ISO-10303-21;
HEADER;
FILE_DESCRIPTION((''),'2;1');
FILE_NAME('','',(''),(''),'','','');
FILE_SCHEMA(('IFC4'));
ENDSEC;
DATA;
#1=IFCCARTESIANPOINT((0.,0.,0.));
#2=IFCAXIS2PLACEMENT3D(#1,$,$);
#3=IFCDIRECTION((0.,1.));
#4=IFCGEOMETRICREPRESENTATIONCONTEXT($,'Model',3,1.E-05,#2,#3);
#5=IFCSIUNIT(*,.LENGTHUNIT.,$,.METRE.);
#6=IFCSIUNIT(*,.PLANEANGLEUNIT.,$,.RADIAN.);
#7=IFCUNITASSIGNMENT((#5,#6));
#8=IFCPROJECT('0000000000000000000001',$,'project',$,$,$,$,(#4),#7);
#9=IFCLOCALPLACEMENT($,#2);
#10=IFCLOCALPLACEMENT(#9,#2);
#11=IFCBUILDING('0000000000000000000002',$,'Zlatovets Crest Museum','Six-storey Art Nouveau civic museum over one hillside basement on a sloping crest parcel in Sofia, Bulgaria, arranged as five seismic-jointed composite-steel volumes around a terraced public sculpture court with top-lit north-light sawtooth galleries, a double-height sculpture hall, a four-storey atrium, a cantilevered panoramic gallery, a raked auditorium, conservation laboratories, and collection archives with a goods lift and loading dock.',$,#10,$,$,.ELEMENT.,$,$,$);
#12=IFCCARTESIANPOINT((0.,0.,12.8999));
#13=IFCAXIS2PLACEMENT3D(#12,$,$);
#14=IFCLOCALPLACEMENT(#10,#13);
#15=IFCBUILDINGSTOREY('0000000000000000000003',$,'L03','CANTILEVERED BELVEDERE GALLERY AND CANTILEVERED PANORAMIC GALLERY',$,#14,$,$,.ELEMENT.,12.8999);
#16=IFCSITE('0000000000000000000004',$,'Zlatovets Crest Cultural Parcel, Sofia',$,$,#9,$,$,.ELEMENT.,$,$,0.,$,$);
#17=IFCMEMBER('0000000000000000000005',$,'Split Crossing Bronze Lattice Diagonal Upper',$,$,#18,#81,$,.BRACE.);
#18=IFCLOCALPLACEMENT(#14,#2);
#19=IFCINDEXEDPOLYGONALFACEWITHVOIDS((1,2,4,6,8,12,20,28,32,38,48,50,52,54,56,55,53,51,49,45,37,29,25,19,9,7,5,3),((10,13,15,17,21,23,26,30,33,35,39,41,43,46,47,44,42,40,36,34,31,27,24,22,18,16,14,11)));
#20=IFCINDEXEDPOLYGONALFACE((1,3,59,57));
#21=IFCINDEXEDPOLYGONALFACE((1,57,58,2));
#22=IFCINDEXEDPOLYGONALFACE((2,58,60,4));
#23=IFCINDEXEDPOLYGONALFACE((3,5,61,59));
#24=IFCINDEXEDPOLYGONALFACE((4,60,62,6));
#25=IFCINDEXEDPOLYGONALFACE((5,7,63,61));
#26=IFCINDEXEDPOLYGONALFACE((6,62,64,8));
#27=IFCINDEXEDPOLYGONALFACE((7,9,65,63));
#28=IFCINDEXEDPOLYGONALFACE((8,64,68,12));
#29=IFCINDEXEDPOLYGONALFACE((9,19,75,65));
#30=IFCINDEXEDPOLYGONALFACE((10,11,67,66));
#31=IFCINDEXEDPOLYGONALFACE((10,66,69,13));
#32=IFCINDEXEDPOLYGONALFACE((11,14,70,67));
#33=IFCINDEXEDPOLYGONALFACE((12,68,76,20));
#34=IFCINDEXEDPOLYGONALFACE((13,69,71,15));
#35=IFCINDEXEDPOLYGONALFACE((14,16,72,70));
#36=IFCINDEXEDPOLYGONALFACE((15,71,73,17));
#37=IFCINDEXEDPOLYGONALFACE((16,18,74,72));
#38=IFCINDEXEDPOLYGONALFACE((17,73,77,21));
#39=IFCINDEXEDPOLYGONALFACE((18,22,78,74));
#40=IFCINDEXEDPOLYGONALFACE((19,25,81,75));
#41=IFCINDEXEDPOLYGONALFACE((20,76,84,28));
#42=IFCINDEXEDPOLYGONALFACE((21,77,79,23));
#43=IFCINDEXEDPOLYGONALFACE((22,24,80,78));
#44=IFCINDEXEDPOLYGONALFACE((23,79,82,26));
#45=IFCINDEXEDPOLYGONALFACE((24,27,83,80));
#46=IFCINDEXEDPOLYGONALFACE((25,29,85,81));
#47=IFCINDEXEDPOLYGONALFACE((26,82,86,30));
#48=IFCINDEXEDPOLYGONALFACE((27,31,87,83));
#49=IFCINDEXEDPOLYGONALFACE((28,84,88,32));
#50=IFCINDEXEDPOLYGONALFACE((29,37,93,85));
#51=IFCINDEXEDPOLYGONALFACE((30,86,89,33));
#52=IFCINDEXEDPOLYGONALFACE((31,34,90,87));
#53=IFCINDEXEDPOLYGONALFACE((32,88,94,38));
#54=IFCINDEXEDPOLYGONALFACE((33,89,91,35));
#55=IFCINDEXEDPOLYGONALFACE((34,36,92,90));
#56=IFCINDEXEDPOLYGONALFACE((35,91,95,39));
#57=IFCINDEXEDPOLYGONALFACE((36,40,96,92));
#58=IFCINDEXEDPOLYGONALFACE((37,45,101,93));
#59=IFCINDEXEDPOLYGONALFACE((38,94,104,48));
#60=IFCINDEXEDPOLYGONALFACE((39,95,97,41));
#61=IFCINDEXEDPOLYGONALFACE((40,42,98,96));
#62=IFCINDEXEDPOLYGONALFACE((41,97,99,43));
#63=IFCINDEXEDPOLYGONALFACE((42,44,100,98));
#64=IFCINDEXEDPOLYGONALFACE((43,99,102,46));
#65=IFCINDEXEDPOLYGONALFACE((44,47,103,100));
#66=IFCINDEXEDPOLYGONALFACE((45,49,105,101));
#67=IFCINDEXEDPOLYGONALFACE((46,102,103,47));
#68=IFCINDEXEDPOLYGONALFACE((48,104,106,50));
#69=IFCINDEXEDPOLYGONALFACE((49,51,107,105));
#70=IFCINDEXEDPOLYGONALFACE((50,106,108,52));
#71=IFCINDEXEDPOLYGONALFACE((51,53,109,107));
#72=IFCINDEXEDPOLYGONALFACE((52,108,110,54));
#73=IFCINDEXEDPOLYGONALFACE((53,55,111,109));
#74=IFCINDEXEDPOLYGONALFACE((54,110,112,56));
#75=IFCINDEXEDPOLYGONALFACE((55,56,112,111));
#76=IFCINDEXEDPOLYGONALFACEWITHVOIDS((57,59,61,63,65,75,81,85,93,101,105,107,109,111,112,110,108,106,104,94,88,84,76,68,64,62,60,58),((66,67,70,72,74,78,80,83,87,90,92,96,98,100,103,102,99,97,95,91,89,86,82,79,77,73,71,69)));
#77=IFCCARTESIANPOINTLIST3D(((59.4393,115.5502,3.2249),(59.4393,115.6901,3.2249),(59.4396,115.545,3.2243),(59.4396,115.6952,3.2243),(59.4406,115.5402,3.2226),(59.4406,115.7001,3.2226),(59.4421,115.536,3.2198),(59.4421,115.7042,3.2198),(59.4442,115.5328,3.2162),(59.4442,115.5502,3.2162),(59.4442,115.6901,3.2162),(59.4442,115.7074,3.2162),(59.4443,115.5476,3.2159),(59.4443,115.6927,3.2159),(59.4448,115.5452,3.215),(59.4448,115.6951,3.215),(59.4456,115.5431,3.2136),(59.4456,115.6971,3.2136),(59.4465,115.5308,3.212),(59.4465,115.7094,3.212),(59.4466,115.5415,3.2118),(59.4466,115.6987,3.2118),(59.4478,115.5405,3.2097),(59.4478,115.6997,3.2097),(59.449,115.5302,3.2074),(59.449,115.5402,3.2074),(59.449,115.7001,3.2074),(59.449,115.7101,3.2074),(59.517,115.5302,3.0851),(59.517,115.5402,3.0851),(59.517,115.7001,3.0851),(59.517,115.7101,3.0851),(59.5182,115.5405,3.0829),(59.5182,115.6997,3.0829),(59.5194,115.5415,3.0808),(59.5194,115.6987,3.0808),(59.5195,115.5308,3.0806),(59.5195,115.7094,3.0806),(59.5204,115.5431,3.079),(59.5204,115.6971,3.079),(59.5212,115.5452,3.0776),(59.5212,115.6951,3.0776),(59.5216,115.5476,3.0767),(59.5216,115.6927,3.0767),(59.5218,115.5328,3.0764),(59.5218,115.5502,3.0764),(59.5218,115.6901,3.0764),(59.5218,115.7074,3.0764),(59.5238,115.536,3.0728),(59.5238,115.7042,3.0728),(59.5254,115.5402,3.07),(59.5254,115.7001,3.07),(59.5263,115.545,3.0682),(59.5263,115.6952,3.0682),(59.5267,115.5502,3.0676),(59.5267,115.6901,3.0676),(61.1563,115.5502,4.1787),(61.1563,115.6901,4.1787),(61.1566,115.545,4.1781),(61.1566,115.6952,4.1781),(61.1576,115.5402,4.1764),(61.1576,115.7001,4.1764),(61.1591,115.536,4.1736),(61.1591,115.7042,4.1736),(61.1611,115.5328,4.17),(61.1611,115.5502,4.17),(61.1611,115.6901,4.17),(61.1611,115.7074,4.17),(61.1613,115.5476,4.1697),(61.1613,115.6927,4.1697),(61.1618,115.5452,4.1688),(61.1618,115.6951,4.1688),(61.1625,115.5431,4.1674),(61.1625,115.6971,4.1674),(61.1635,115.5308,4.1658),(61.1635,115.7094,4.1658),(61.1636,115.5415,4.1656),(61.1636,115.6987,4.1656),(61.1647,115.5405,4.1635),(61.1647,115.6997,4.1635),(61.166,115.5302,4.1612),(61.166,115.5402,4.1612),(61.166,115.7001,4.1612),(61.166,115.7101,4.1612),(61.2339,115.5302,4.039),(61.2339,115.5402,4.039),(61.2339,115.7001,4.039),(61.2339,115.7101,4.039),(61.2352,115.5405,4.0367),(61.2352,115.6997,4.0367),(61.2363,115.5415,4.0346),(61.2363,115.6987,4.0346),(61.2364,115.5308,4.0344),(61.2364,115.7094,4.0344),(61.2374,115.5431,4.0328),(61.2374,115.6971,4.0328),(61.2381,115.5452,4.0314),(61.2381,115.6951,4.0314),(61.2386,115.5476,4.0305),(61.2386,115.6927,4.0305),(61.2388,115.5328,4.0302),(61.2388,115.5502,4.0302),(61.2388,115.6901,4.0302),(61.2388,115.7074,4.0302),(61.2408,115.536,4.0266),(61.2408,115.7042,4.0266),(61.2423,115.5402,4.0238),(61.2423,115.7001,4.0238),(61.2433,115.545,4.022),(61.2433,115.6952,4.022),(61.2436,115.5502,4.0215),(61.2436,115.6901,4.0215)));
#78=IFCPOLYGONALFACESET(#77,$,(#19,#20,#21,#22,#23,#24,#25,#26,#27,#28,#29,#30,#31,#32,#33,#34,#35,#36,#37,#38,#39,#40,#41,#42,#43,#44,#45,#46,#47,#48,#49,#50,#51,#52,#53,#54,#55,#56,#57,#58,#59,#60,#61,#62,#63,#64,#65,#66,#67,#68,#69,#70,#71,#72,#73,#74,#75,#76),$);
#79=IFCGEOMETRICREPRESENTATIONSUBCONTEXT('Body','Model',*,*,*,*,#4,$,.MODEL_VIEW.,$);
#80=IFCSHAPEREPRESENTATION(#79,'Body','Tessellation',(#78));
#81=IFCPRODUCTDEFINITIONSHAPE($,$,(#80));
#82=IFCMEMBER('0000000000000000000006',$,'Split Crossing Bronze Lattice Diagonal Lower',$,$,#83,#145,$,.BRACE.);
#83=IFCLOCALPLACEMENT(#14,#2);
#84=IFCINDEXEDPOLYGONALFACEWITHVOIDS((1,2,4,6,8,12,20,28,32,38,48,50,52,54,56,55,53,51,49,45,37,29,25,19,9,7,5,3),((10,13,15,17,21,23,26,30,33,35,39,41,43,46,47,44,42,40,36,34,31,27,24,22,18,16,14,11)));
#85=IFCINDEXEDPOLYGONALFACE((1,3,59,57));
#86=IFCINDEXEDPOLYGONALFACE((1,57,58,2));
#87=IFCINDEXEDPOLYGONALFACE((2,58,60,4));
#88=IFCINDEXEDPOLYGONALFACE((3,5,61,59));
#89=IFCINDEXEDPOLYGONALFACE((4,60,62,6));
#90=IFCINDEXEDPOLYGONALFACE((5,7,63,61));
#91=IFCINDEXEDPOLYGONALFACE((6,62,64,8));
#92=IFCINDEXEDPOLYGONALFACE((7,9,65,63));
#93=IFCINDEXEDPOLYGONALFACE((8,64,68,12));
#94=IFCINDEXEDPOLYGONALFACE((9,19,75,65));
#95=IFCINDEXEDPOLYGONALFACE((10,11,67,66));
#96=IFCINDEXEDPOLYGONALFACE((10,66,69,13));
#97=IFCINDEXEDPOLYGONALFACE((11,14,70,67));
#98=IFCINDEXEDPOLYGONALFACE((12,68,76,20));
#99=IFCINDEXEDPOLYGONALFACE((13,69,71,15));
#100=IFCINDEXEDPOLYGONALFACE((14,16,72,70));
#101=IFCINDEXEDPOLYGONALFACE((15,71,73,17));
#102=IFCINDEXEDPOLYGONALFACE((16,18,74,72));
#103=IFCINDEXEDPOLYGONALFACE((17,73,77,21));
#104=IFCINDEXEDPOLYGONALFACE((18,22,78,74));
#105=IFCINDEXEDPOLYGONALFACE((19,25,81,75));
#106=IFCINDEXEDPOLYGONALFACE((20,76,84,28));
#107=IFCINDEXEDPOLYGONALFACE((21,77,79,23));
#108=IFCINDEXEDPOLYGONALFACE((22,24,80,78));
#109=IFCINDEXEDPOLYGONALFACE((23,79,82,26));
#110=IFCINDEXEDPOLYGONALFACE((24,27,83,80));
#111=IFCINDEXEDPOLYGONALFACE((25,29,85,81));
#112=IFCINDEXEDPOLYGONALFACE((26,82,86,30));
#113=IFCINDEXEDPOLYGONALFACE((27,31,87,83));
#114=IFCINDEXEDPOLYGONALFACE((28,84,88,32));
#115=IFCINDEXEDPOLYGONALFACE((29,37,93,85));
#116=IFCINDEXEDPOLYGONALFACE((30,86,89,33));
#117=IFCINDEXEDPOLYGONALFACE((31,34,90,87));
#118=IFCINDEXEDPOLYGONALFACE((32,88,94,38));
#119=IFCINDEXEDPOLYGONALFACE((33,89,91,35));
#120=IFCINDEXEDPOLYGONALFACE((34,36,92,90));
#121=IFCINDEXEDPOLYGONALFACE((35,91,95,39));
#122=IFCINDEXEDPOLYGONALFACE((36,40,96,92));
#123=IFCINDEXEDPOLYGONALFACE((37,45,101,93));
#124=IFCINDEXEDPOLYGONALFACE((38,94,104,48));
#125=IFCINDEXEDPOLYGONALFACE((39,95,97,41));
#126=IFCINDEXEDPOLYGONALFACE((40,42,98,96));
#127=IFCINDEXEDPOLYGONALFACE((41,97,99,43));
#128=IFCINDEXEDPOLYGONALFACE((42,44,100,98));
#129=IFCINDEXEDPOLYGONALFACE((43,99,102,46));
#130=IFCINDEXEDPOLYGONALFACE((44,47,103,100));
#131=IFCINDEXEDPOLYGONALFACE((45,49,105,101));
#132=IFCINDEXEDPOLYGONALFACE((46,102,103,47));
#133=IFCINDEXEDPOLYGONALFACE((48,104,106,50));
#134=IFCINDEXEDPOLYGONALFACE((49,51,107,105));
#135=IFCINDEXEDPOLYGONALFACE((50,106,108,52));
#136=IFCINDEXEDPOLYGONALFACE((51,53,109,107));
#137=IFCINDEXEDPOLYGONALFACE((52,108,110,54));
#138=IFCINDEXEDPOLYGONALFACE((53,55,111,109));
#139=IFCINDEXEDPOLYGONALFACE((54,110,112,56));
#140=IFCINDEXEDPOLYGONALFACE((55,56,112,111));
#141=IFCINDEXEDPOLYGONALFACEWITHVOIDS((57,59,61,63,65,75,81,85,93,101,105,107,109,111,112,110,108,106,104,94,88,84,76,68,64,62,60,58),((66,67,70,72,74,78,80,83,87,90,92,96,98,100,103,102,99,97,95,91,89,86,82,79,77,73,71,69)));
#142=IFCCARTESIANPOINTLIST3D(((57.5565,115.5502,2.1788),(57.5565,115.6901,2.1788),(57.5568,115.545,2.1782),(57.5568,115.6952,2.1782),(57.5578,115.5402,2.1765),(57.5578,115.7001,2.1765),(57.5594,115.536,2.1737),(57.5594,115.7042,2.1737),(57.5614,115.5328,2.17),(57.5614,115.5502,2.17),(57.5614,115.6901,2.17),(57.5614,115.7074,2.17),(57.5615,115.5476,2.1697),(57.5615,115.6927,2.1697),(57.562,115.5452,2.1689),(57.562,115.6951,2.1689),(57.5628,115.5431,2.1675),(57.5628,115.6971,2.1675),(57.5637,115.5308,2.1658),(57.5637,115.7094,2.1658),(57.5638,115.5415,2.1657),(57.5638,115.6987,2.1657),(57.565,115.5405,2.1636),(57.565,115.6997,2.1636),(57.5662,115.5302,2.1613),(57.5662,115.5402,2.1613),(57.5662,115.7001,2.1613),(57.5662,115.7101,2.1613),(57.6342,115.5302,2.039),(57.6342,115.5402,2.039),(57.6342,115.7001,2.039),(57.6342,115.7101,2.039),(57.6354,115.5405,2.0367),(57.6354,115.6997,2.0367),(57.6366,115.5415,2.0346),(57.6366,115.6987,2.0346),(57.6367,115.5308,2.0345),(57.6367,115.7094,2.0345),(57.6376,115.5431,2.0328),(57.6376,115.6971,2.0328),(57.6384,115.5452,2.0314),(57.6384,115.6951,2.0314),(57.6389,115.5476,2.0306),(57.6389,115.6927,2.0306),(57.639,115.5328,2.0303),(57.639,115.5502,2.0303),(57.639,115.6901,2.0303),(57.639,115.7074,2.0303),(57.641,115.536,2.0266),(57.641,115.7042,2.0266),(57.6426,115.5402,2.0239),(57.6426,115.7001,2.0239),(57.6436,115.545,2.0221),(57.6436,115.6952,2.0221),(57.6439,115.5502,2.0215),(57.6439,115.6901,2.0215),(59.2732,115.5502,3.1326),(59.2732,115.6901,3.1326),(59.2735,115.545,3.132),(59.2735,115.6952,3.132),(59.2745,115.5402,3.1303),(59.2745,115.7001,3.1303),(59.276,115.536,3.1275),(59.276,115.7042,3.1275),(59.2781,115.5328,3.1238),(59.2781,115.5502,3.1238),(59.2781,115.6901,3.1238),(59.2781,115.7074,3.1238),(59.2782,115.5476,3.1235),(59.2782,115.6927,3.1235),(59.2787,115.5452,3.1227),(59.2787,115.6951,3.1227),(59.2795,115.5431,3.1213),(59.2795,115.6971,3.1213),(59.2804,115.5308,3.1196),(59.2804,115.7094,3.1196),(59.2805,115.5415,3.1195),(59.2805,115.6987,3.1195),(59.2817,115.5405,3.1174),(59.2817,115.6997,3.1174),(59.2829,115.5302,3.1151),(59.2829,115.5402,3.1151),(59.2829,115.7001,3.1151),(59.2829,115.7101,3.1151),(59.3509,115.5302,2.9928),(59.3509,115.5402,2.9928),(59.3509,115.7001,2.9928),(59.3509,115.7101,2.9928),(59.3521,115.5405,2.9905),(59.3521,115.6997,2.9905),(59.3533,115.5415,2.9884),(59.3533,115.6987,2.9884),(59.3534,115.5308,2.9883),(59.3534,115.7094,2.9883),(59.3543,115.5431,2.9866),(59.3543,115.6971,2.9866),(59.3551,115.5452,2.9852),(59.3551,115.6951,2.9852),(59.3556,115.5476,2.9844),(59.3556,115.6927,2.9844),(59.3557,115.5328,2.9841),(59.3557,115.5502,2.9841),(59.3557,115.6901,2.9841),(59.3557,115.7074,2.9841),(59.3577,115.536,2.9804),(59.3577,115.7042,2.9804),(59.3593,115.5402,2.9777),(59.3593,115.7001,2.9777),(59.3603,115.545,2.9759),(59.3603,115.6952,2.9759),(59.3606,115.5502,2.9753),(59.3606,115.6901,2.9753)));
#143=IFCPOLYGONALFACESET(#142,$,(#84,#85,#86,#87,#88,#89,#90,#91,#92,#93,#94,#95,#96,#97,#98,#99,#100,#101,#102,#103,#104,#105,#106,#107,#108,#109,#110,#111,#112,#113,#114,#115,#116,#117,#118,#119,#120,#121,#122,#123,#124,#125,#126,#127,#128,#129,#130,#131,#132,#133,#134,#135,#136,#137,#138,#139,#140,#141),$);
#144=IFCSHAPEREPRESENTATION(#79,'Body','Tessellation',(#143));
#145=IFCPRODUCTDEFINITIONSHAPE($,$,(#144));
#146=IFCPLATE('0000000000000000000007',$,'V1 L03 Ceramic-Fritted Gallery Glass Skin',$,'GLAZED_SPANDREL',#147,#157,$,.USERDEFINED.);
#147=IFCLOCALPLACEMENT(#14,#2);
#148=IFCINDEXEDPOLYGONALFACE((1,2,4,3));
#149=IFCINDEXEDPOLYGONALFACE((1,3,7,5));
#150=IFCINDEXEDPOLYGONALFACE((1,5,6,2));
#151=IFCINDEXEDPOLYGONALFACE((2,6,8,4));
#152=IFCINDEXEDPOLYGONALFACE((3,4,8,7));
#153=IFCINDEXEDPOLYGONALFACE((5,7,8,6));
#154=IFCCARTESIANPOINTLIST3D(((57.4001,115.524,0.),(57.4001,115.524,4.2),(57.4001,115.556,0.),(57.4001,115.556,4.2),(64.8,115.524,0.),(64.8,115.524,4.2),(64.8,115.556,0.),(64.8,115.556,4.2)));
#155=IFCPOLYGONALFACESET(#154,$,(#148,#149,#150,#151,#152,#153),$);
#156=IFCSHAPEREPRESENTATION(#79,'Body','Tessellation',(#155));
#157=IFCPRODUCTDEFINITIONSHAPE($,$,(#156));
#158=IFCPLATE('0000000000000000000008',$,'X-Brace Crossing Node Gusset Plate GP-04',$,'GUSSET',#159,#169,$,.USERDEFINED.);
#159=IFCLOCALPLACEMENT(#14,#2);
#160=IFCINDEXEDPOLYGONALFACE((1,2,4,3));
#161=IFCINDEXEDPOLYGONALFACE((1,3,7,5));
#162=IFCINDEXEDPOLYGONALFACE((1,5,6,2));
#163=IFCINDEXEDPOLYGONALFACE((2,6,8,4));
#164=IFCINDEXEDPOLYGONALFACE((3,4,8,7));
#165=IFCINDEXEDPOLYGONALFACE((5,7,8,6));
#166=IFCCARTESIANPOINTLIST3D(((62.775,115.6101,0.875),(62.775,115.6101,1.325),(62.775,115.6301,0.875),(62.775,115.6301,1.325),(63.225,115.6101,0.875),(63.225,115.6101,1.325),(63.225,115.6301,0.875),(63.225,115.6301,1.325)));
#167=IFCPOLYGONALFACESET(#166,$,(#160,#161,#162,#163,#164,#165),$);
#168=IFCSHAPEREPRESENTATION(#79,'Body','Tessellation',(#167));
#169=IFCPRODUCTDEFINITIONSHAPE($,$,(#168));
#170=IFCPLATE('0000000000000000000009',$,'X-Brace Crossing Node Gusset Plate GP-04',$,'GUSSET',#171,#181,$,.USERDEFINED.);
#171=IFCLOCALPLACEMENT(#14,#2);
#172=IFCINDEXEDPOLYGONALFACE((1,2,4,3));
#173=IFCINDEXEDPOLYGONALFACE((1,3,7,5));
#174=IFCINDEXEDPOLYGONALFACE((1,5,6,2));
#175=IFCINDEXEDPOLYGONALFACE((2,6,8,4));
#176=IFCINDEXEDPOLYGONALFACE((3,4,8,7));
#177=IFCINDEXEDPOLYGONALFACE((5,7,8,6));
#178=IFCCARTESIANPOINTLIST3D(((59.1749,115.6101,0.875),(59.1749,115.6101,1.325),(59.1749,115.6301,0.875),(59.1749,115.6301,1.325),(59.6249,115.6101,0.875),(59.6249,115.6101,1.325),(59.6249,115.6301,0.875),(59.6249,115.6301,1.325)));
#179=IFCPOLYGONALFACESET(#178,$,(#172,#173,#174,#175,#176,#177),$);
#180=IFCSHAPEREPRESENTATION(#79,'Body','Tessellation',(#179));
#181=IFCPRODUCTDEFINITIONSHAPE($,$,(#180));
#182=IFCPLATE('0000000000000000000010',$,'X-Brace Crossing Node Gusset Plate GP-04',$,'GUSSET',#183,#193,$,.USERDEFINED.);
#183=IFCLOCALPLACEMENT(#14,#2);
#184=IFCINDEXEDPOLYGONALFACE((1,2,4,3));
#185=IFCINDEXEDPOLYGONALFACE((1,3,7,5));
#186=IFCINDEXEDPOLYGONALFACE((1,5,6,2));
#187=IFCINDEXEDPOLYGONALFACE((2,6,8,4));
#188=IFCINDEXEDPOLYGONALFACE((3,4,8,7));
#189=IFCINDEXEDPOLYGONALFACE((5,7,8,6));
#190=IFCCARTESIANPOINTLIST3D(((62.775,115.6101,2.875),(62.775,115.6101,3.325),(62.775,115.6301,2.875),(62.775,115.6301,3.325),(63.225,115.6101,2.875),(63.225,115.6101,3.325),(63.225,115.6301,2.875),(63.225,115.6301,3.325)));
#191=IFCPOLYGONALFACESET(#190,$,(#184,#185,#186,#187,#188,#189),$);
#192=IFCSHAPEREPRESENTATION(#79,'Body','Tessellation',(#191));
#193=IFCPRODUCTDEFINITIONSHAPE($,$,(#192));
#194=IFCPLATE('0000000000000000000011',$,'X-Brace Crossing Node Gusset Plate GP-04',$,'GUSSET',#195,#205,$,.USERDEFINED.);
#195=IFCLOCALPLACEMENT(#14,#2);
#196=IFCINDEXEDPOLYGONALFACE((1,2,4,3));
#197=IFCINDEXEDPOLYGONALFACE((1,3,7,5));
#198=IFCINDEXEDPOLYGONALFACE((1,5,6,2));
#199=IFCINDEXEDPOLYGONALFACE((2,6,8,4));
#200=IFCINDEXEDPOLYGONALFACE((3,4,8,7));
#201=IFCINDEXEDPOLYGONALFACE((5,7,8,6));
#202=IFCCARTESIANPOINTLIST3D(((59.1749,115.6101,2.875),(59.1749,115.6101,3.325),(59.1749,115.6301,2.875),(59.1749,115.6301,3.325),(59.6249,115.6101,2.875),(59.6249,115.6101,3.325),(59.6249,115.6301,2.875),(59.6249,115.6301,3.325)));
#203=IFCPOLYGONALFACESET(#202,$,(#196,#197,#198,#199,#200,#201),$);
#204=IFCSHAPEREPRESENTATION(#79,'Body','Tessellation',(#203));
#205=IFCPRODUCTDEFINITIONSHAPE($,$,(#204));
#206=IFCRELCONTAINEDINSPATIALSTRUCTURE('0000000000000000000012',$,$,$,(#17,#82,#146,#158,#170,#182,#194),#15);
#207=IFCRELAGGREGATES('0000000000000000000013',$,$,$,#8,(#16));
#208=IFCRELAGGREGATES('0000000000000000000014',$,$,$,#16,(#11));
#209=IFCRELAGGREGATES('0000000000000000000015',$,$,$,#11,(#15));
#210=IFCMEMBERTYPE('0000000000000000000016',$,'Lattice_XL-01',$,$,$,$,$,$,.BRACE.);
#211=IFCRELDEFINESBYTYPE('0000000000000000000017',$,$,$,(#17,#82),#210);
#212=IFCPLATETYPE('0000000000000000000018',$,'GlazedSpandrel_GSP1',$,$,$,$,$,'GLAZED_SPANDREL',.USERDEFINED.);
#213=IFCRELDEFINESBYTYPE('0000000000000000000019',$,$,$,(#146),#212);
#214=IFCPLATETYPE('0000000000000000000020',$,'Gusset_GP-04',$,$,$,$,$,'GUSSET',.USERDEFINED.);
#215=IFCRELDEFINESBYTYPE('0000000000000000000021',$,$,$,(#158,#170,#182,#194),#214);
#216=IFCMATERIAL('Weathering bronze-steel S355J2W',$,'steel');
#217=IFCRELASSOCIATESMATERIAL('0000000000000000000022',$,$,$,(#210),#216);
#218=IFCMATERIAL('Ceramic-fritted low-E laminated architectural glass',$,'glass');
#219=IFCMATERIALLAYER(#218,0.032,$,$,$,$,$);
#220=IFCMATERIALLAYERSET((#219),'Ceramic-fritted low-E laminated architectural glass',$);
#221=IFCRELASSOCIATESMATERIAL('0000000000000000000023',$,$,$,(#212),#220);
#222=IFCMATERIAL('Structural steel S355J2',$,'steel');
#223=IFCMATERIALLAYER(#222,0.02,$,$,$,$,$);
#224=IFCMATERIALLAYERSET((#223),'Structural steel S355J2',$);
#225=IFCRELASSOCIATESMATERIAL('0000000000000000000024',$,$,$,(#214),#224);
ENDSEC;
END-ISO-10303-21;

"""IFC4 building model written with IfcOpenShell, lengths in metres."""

from ifc_helpers import new_model, si_unit, direction, frame, origin, origin_2d, place, context, subcontext, project, spatial, rectangle, hollow_rectangle, extrude, material, layer, layer_set, material_profile, profile_set, type_object, element, save


model = new_model("IFC4")

# Units and contexts
model_context = context("Model", 3, precision=1e-05, world=origin(), true_north=direction((0.0, 1.0)))
body_context = subcontext(model_context, "Body", "Model", "MODEL_VIEW")
ifc_project = project(units=[si_unit("LENGTHUNIT", "METRE"), si_unit("PLANEANGLEUNIT", "RADIAN")], contexts=[model_context])

# Site, building, storey
site_placement = place(None, origin())
site = spatial("IfcSite", under=ifc_project, at=site_placement, Name="Zlatovets Crest Cultural Parcel, Sofia", CompositionType="ELEMENT", RefElevation=0.0)
building_placement = place(site_placement, origin())
building = spatial("IfcBuilding", under=site, at=building_placement, Name="Zlatovets Crest Museum", Description="Six-storey Art Nouveau civic museum over one hillside basement on a sloping crest parcel in Sofia, Bulgaria, arranged as five seismic-jointed composite-steel volumes around a terraced public sculpture court with top-lit north-light sawtooth galleries, a double-height sculpture hall, a four-storey atrium, a cantilevered panoramic gallery, a raked auditorium, conservation laboratories, and collection archives with a goods lift and loading dock.", CompositionType="ELEMENT")
storey_placement = place(building_placement, frame((0.0, 0.0, 12.8999)))
storey = spatial("IfcBuildingStorey", under=building, at=storey_placement, Name="L03", Description="CANTILEVERED BELVEDERE GALLERY AND CANTILEVERED PANORAMIC GALLERY", CompositionType="ELEMENT", Elevation=12.8999)

# Shared definitions
ifc_material_1 = material(Name="Structural steel S355J2", Category="steel")

# Members
ifc_material_2 = material(Name="Weathering bronze-steel S355J2W", Category="steel")
ifc_material_profile_1 = material_profile(ifc_material_2, hollow_rectangle(XDim=0.1799, YDim=0.1799, WallThickness=0.01, InnerFilletRadius=0.01, OuterFilletRadius=0.02, at=origin_2d()), Name="SHS 180x180x10.0")
ifc_profile_set_1 = profile_set([ifc_material_profile_1], Name="Weathering bronze-steel S355J2W")
member_type = type_object("IfcMemberType", Name="Lattice_XL-01", PredefinedType="BRACE", material=ifc_profile_set_1)
member_1_placement = place(storey_placement, frame((61.2, 115.6201, 4.1001), z_axis=(-0.874169, 0.0, -0.485622), x_axis=(0.0, -1.0, 0.0)))
element("IfcMember", 1, at=member_1_placement, inside=storey, type_object=member_type, Name="Split Crossing Bronze Lattice Diagonal Upper", PredefinedType="BRACE", context=body_context, shape_type="SweptSolid", body=[
    extrude(hollow_rectangle(XDim=0.1799, YDim=0.1799, WallThickness=0.01, InnerFilletRadius=0.01, OuterFilletRadius=0.02, at=origin_2d()), origin(), (0.0, 0.0, 1.0), 1.9641),
])
member_2_placement = place(storey_placement, frame((59.3169, 115.6201, 3.054), z_axis=(-0.87414, 0.0, -0.485675), x_axis=(0.0, -1.0, 0.0)))
element("IfcMember", 2, at=member_2_placement, inside=storey, type_object=member_type, Name="Split Crossing Bronze Lattice Diagonal Lower", PredefinedType="BRACE", context=body_context, shape_type="SweptSolid", body=[
    extrude(hollow_rectangle(XDim=0.1799, YDim=0.1799, WallThickness=0.01, InnerFilletRadius=0.01, OuterFilletRadius=0.02, at=origin_2d()), origin(), (0.0, 0.0, 1.0), 1.9639),
])

# Plates
ifc_material_3 = material(Name="Ceramic-fritted low-E laminated architectural glass", Category="glass")
ifc_layer_1 = layer(ifc_material_3, 0.032)
ifc_layer_set_1 = layer_set([ifc_layer_1], Name="Ceramic-fritted low-E laminated architectural glass")
plate_type_1 = type_object("IfcPlateType", Name="GlazedSpandrel_GSP1", ElementType="GLAZED_SPANDREL", PredefinedType="USERDEFINED", material=ifc_layer_set_1)
plate_placement = place(storey_placement, frame((61.1001, 115.54, 0.0), z_axis=(0.0, 0.0, 1.0), x_axis=(1.0, 0.0, 0.0)))
element("IfcPlate", 3, at=plate_placement, inside=storey, type_object=plate_type_1, Name="V1 L03 Ceramic-Fritted Gallery Glass Skin", ObjectType="GLAZED_SPANDREL", PredefinedType="USERDEFINED", context=body_context, shape_type="SweptSolid", body=[
    extrude(rectangle(XDim=7.3999, YDim=0.032, at=origin_2d()), origin(), (0.0, 0.0, 1.0), 4.2),
])
ifc_layer_2 = layer(ifc_material_1, 0.02)
ifc_layer_set_2 = layer_set([ifc_layer_2], Name="Structural steel S355J2")
plate_type_2 = type_object("IfcPlateType", Name="Gusset_GP-04", ElementType="GUSSET", PredefinedType="USERDEFINED", material=ifc_layer_set_2)
for number, where, z_axis, x_axis, name in (
    (4, (63.0, 115.6201, 0.875), (0.0, 0.0, 1.0), (1.0, 0.0, 0.0), "X-Brace Crossing Node Gusset Plate GP-04"),
    (5, (59.3999, 115.6201, 0.875), (0.0, 0.0, 1.0), (1.0, 0.0, 0.0), "X-Brace Crossing Node Gusset Plate GP-04"),
    (6, (63.0, 115.6201, 2.875), (0.0, 0.0, 1.0), (1.0, 0.0, 0.0), "X-Brace Crossing Node Gusset Plate GP-04"),
    (7, (59.3999, 115.6201, 2.875), (0.0, 0.0, 1.0), (1.0, 0.0, 0.0), "X-Brace Crossing Node Gusset Plate GP-04"),
):
    element("IfcPlate", number, at=place(storey_placement, frame(where, z_axis=z_axis, x_axis=x_axis)), inside=storey, type_object=plate_type_2, Name=name, ObjectType="GUSSET", PredefinedType="USERDEFINED", context=body_context, shape_type="SweptSolid", body=[
        extrude(rectangle(XDim=0.45, YDim=0.02, at=origin_2d()), origin(), (0.0, 0.0, 1.0), 0.45),
    ])

save(model, "model.ifc")
